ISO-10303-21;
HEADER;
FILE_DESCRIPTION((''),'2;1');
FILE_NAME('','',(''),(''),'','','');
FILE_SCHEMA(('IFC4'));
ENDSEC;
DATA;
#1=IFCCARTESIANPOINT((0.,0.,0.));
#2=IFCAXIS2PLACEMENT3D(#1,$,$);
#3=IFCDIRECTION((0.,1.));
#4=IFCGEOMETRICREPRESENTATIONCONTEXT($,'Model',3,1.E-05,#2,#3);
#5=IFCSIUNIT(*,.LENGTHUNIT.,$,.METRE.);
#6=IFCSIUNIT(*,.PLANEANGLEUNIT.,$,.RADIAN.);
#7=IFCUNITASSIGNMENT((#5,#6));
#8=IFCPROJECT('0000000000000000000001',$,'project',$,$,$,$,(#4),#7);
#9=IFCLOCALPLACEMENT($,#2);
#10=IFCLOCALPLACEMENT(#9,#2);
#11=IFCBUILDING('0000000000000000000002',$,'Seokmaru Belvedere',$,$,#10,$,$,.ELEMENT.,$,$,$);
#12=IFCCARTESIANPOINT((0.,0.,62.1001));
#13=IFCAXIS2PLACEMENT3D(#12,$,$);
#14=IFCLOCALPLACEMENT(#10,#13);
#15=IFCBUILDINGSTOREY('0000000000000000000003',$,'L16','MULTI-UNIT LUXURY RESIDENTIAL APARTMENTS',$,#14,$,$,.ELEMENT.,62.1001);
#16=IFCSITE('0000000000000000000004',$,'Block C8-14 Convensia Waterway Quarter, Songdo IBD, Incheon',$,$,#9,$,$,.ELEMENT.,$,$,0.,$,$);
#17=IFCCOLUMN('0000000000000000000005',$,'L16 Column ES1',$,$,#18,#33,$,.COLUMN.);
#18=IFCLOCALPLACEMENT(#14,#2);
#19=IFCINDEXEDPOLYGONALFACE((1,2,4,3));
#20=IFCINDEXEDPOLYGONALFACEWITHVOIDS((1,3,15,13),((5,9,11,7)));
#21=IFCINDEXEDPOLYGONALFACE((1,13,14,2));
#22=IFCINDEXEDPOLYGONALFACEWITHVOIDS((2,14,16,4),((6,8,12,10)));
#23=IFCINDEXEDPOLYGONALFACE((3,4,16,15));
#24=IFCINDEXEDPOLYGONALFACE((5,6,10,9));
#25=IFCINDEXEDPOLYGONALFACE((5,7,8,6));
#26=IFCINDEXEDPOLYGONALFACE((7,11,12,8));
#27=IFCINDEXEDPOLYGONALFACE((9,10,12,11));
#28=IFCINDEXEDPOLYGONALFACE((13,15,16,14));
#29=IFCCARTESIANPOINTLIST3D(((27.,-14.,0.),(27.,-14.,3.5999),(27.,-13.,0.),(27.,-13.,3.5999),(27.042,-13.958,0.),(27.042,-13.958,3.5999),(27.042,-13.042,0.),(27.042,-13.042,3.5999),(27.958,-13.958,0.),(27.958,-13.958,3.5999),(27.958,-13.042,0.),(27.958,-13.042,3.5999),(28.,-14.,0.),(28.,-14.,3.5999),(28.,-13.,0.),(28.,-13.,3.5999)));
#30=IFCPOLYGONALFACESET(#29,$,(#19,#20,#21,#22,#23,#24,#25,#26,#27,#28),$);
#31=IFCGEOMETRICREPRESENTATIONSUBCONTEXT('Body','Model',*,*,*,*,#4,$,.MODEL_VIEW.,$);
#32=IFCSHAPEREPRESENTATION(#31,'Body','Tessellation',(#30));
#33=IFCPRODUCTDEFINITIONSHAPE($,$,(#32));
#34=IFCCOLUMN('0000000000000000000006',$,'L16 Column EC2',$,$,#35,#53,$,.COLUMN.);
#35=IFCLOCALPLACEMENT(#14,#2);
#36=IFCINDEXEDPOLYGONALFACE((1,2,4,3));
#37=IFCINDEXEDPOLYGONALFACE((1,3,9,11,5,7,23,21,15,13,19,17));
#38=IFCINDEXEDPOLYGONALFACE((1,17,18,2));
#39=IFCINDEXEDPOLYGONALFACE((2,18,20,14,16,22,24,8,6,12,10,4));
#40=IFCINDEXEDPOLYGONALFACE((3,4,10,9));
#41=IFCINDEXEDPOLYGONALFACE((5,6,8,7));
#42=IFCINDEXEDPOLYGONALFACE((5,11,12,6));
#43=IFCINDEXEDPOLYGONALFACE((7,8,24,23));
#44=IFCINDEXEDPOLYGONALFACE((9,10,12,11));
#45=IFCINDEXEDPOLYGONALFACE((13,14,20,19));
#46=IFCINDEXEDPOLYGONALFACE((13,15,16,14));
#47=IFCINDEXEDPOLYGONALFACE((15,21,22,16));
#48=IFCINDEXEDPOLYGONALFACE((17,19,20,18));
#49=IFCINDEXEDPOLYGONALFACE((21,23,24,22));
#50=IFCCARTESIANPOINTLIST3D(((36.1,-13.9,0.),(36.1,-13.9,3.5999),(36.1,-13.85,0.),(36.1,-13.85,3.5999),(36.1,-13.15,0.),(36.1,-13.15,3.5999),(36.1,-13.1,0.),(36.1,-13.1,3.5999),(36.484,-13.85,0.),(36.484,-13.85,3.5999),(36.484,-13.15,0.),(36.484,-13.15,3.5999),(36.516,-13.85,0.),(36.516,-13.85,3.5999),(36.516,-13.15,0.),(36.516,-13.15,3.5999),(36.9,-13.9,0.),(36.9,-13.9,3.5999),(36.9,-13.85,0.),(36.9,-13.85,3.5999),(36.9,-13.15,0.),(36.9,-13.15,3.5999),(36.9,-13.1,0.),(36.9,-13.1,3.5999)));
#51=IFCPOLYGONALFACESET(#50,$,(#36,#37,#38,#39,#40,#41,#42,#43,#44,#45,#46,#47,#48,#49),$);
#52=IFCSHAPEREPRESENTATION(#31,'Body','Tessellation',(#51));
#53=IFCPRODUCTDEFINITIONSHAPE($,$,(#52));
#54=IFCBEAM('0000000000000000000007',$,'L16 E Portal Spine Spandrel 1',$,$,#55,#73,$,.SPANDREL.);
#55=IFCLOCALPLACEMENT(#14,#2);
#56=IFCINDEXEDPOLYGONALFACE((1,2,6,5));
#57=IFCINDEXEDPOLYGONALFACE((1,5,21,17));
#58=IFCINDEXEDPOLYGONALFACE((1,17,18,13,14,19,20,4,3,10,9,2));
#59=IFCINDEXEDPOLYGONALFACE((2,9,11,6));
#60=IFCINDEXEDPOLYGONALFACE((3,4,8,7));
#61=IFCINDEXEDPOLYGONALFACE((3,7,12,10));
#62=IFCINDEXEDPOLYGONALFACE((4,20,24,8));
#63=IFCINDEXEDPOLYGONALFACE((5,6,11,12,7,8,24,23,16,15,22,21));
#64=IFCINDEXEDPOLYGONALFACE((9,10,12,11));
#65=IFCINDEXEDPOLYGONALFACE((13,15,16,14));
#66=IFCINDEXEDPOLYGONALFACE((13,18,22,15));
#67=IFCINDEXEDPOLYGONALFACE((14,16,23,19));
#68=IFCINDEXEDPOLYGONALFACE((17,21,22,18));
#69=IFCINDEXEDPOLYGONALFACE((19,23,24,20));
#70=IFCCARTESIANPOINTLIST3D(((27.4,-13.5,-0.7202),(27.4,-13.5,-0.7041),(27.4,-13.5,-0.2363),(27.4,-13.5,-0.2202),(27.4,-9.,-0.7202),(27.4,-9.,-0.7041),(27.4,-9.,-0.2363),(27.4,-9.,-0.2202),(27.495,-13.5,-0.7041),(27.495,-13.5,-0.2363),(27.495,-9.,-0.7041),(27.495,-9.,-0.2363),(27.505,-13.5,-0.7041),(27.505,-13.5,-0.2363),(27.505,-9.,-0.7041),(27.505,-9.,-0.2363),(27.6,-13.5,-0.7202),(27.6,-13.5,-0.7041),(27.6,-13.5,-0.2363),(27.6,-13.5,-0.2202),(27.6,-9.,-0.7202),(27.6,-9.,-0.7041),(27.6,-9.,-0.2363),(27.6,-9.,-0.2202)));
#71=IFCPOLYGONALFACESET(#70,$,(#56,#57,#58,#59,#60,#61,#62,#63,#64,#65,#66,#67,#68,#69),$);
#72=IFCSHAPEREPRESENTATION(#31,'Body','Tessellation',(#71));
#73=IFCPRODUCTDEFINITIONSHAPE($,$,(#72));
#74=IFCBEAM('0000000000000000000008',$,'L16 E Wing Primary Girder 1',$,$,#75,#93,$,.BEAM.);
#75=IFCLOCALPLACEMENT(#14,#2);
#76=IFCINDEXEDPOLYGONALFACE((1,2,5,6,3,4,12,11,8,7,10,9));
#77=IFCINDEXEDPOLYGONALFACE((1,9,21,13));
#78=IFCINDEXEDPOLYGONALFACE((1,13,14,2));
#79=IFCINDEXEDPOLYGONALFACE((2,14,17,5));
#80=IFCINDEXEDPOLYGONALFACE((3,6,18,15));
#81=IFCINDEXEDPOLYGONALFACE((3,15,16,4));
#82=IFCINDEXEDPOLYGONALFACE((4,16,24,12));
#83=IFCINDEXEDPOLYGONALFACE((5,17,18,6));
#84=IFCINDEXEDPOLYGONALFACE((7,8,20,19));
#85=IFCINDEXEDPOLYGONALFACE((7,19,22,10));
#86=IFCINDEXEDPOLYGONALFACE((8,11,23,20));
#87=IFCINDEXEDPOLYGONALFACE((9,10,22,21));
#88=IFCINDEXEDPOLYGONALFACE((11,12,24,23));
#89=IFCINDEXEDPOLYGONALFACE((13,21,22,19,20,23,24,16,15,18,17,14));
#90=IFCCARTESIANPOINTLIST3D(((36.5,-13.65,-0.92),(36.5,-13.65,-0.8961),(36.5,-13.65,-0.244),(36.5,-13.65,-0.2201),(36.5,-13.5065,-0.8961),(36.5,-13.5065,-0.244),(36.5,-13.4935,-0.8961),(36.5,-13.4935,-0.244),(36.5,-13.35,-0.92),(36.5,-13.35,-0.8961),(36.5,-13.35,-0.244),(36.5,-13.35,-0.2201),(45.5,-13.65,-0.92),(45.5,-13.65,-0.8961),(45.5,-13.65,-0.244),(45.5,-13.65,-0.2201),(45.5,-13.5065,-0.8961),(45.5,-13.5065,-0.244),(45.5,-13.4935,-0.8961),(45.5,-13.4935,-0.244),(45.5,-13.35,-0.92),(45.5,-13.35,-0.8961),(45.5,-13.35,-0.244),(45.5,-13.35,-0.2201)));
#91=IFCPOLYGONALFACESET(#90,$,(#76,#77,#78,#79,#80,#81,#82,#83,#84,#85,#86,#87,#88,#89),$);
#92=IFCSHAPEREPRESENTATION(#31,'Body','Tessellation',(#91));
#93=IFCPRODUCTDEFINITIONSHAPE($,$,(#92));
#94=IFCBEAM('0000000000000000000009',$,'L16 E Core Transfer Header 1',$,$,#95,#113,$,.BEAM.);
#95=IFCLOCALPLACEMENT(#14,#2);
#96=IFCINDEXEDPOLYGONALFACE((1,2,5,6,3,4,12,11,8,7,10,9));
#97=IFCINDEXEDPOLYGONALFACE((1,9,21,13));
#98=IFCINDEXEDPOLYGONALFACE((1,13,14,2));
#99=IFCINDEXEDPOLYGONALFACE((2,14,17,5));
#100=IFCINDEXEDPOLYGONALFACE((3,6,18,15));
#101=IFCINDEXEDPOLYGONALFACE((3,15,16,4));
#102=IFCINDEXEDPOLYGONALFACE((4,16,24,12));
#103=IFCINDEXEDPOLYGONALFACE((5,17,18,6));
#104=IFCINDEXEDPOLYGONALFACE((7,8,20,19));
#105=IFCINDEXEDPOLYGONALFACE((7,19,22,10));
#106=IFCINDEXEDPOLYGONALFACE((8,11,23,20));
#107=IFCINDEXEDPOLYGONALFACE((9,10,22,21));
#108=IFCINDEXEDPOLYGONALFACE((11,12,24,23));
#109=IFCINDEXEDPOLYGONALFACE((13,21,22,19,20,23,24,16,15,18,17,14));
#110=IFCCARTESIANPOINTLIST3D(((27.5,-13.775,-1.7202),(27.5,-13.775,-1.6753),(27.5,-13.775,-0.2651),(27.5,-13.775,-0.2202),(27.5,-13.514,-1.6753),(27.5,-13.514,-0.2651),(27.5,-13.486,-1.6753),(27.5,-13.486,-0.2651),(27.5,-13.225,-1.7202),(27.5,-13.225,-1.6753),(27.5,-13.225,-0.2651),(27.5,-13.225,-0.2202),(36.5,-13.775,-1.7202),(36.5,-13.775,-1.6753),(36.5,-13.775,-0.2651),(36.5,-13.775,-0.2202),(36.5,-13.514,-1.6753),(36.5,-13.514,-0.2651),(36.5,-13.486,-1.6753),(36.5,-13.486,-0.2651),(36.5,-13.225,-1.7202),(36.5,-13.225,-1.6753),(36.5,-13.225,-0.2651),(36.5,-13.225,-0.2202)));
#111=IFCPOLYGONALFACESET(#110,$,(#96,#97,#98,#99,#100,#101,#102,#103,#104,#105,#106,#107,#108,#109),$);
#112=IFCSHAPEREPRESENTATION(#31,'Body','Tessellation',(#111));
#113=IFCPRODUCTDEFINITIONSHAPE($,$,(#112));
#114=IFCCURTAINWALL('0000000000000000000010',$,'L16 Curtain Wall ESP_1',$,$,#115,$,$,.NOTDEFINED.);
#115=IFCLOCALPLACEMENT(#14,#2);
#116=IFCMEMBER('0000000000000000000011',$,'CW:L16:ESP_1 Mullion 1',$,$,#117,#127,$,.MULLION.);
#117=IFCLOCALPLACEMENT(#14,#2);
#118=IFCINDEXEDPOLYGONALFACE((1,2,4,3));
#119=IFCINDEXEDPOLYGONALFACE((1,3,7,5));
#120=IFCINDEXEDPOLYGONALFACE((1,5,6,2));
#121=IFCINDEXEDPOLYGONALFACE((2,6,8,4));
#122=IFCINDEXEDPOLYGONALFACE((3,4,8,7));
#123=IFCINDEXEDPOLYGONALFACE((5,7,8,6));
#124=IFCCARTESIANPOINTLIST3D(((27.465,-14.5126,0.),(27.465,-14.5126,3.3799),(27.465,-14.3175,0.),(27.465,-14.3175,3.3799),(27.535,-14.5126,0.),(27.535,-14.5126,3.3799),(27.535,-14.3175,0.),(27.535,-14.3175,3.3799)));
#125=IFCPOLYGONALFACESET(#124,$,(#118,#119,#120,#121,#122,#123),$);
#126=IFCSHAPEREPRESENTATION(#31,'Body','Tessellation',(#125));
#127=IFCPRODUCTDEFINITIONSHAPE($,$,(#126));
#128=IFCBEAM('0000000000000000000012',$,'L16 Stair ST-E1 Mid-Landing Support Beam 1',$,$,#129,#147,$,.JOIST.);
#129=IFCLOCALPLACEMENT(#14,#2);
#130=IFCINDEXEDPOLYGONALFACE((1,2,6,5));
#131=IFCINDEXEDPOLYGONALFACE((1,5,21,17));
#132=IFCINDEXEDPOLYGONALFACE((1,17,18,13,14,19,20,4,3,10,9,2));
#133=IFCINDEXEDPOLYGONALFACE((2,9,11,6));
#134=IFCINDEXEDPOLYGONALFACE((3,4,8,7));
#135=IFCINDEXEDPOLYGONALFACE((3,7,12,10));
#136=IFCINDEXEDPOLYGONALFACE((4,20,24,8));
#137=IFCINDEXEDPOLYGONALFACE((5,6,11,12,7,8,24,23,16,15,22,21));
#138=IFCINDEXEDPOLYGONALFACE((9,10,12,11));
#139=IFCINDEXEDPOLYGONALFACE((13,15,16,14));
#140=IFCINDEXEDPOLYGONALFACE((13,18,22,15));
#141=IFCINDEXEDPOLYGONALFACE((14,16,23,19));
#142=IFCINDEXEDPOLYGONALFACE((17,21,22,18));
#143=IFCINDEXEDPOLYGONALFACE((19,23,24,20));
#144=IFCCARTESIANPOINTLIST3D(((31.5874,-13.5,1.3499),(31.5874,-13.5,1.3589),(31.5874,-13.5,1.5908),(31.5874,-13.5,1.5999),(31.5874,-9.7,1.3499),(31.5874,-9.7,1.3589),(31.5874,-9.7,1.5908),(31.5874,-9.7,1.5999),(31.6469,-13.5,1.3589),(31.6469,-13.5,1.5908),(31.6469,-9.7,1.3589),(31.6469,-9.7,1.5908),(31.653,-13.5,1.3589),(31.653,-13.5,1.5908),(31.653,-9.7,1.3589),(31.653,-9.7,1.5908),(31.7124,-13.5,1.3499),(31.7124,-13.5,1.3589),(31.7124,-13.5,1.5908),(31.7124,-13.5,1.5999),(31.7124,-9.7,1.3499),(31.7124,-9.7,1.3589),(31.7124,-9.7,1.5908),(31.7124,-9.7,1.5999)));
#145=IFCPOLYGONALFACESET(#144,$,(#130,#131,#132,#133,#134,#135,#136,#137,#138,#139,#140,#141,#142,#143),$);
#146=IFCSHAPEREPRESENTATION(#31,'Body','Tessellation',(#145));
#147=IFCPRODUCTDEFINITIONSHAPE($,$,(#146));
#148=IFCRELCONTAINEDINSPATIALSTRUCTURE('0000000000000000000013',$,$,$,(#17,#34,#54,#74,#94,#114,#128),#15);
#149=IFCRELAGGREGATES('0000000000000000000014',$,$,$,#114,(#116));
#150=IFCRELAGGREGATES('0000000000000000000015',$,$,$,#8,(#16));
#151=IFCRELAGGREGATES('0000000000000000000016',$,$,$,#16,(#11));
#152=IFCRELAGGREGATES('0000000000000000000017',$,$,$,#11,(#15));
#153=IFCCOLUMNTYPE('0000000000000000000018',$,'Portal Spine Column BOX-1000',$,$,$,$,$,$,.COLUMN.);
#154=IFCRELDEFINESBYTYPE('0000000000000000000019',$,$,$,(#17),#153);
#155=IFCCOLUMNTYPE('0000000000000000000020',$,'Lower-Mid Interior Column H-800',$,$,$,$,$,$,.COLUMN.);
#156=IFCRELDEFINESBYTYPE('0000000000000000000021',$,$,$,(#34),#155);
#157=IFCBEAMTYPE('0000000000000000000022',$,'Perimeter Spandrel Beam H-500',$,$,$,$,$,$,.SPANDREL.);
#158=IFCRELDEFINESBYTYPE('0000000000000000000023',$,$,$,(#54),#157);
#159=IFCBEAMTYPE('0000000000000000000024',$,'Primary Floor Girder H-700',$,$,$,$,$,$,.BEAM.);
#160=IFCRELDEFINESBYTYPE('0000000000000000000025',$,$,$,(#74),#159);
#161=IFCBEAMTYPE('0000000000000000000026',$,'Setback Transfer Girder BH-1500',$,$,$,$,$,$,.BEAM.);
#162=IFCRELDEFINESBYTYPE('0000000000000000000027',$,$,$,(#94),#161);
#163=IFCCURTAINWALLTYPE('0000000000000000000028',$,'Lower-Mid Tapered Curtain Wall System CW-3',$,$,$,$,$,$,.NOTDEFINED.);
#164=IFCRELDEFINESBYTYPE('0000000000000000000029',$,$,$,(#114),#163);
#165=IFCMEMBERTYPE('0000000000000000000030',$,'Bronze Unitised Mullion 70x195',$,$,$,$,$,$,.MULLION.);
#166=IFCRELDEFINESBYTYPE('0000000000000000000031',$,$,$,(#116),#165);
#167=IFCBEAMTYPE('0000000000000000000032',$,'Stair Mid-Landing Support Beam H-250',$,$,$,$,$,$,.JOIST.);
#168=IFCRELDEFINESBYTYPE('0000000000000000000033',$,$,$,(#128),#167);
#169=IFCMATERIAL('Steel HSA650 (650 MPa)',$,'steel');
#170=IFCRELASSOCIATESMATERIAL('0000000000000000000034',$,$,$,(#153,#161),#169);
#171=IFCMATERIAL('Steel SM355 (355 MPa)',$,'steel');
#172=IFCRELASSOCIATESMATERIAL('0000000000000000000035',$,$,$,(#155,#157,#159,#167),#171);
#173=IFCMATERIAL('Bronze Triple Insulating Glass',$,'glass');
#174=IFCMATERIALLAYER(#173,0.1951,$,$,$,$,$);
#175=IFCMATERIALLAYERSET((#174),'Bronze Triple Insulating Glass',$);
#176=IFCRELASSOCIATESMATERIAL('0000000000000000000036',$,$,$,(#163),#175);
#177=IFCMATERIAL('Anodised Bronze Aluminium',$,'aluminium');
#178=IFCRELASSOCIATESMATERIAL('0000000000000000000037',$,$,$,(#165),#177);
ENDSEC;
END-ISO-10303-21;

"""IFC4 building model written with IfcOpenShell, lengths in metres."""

from ifc_helpers import new_model, si_unit, direction, frame, origin, origin_2d, place, context, subcontext, project, spatial, rectangle, hollow_rectangle, i_section, extrude, source, transform, mapped, material, layer, layer_set, material_profile, profile_set, type_object, type_shapes, element, aggregate, save


model = new_model("IFC4")

# Units and contexts
model_context = context("Model", 3, precision=1e-05, world=origin(), true_north=direction((0.0, 1.0)))
body_context = subcontext(model_context, "Body", "Model", "MODEL_VIEW")
ifc_project = project(units=[si_unit("LENGTHUNIT", "METRE"), si_unit("PLANEANGLEUNIT", "RADIAN")], contexts=[model_context])

# Site, building, storey
site_placement = place(None, origin())
site = spatial("IfcSite", under=ifc_project, at=site_placement, Name="Block C8-14 Convensia Waterway Quarter, Songdo IBD, Incheon", CompositionType="ELEMENT", RefElevation=0.0)
building_placement = place(site_placement, origin())
building = spatial("IfcBuilding", under=site, at=building_placement, Name="Seokmaru Belvedere", CompositionType="ELEMENT")
storey_placement = place(building_placement, frame((0.0, 0.0, 62.1001)))
storey = spatial("IfcBuildingStorey", under=building, at=storey_placement, Name="L16", Description="MULTI-UNIT LUXURY RESIDENTIAL APARTMENTS", CompositionType="ELEMENT", Elevation=62.1001)

# Columns
ifc_material_1 = material(Name="Steel HSA650 (650 MPa)", Category="steel")
ifc_material_profile_1 = material_profile(ifc_material_1, hollow_rectangle(XDim=1.0, YDim=1.0, WallThickness=0.042, at=origin_2d()), Name="BOX-1000x1000x42")
ifc_profile_set_1 = profile_set([ifc_material_profile_1], Name="Steel HSA650 (650 MPa)")
column_type_1 = type_object("IfcColumnType", Name="Portal Spine Column BOX-1000", PredefinedType="COLUMN", material=ifc_profile_set_1)
shared_shape_1 = source(origin(), body_context, "Body", "SweptSolid", [
    extrude(hollow_rectangle(XDim=1.0, YDim=1.0, WallThickness=0.042, at=origin_2d()), origin(), (0.0, 0.0, 1.0), 3.5999),
])
type_shapes(column_type_1, [shared_shape_1])
column_1_placement = place(storey_placement, frame((27.5, -13.5, 0.0), z_axis=(0.0, 0.0, 1.0), x_axis=(1.0, 0.0, 0.0)))
element("IfcColumn", 1, at=column_1_placement, inside=storey, type_object=column_type_1, Name="L16 Column ES1", PredefinedType="COLUMN", context=body_context, shape_type="MappedRepresentation", body=[
    mapped(shared_shape_1, transform((0.0, 0.0, 0.0), scale=1.0)),
])
ifc_material_2 = material(Name="Steel SM355 (355 MPa)", Category="steel")
ifc_material_profile_2 = material_profile(ifc_material_2, i_section(OverallWidth=0.8, OverallDepth=0.8, WebThickness=0.032, FlangeThickness=0.05, at=origin_2d()), Name="H-800x800x32x50")
ifc_profile_set_2 = profile_set([ifc_material_profile_2], Name="Steel SM355 (355 MPa)")
column_type_2 = type_object("IfcColumnType", Name="Lower-Mid Interior Column H-800", PredefinedType="COLUMN", material=ifc_profile_set_2)
shared_shape_2 = source(origin(), body_context, "Body", "SweptSolid", [
    extrude(i_section(OverallWidth=0.8, OverallDepth=0.8, WebThickness=0.032, FlangeThickness=0.05, at=origin_2d()), origin(), (0.0, 0.0, 1.0), 3.5999),
])
type_shapes(column_type_2, [shared_shape_2])
column_2_placement = place(storey_placement, frame((36.5, -13.5, 0.0), z_axis=(0.0, 0.0, 1.0), x_axis=(1.0, 0.0, 0.0)))
element("IfcColumn", 2, at=column_2_placement, inside=storey, type_object=column_type_2, Name="L16 Column EC2", PredefinedType="COLUMN", context=body_context, shape_type="MappedRepresentation", body=[
    mapped(shared_shape_2, transform((0.0, 0.0, 0.0), scale=1.0)),
])

# Beams
ifc_material_profile_3 = material_profile(ifc_material_2, i_section(OverallWidth=0.2, OverallDepth=0.5, WebThickness=0.01, FlangeThickness=0.0161, at=origin_2d()), Name="H-500x200x10x16")
ifc_profile_set_3 = profile_set([ifc_material_profile_3], Name="Steel SM355 (355 MPa)")
beam_type_1 = type_object("IfcBeamType", Name="Perimeter Spandrel Beam H-500", PredefinedType="SPANDREL", material=ifc_profile_set_3)
shared_shape_3 = source(origin(), body_context, "Body", "SweptSolid", [
    extrude(i_section(OverallWidth=0.2, OverallDepth=0.5, WebThickness=0.01, FlangeThickness=0.0161, at=origin_2d()), origin(), (0.0, 0.0, 1.0), 4.5),
])
type_shapes(beam_type_1, [shared_shape_3])
beam_1_placement = place(storey_placement, frame((27.5, -13.5, -0.4702), z_axis=(0.0, 1.0, 0.0), x_axis=(-1.0, 0.0, 0.0)))
element("IfcBeam", 3, at=beam_1_placement, inside=storey, type_object=beam_type_1, Name="L16 E Portal Spine Spandrel 1", PredefinedType="SPANDREL", context=body_context, shape_type="MappedRepresentation", body=[
    mapped(shared_shape_3, transform((0.0, 0.0, 0.0), scale=1.0)),
])
ifc_material_profile_4 = material_profile(ifc_material_2, i_section(OverallWidth=0.3, OverallDepth=0.7, WebThickness=0.0129, FlangeThickness=0.0239, at=origin_2d()), Name="H-700x300x13x24")
ifc_profile_set_4 = profile_set([ifc_material_profile_4], Name="Steel SM355 (355 MPa)")
beam_type_2 = type_object("IfcBeamType", Name="Primary Floor Girder H-700", PredefinedType="BEAM", material=ifc_profile_set_4)
shared_shape_4 = source(origin(), body_context, "Body", "SweptSolid", [
    extrude(i_section(OverallWidth=0.3, OverallDepth=0.7, WebThickness=0.0129, FlangeThickness=0.0239, at=origin_2d()), origin(), (0.0, 0.0, 1.0), 9.0),
])
type_shapes(beam_type_2, [shared_shape_4])
beam_2_placement = place(storey_placement, frame((36.5, -13.5, -0.5701), z_axis=(1.0, 0.0, 0.0), x_axis=(0.0, 1.0, 0.0)))
element("IfcBeam", 4, at=beam_2_placement, inside=storey, type_object=beam_type_2, Name="L16 E Wing Primary Girder 1", PredefinedType="BEAM", context=body_context, shape_type="MappedRepresentation", body=[
    mapped(shared_shape_4, transform((0.0, 0.0, 0.0), scale=1.0)),
])
ifc_material_profile_5 = material_profile(ifc_material_1, i_section(OverallWidth=0.55, OverallDepth=1.5, WebThickness=0.0281, FlangeThickness=0.0449, at=origin_2d()), Name="BH-1500x550x28x45")
ifc_profile_set_5 = profile_set([ifc_material_profile_5], Name="Steel HSA650 (650 MPa)")
beam_type_3 = type_object("IfcBeamType", Name="Setback Transfer Girder BH-1500", PredefinedType="BEAM", material=ifc_profile_set_5)
shared_shape_5 = source(origin(), body_context, "Body", "SweptSolid", [
    extrude(i_section(OverallWidth=0.55, OverallDepth=1.5, WebThickness=0.0281, FlangeThickness=0.0449, at=origin_2d()), origin(), (0.0, 0.0, 1.0), 9.0),
])
type_shapes(beam_type_3, [shared_shape_5])
beam_3_placement = place(storey_placement, frame((27.5, -13.5, -0.9702), z_axis=(1.0, 0.0, 0.0), x_axis=(0.0, 1.0, 0.0)))
element("IfcBeam", 5, at=beam_3_placement, inside=storey, type_object=beam_type_3, Name="L16 E Core Transfer Header 1", PredefinedType="BEAM", context=body_context, shape_type="MappedRepresentation", body=[
    mapped(shared_shape_5, transform((0.0, 0.0, 0.0), scale=1.0)),
])

# Curtain wall, member
ifc_material_3 = material(Name="Bronze Triple Insulating Glass", Category="glass")
ifc_layer_1 = layer(ifc_material_3, 0.1951)
ifc_layer_set_1 = layer_set([ifc_layer_1], Name="Bronze Triple Insulating Glass")
curtain_wall_type = type_object("IfcCurtainWallType", Name="Lower-Mid Tapered Curtain Wall System CW-3", PredefinedType="NOTDEFINED", material=ifc_layer_set_1)
curtain_wall_placement = place(storey_placement, origin())
curtain_wall = element("IfcCurtainWall", 6, at=curtain_wall_placement, inside=storey, type_object=curtain_wall_type, Name="L16 Curtain Wall ESP_1", PredefinedType="NOTDEFINED")
ifc_material_4 = material(Name="Anodised Bronze Aluminium", Category="aluminium")
ifc_material_profile_6 = material_profile(ifc_material_4, rectangle(XDim=0.0701, YDim=0.1951, at=origin_2d()), Name="CW-M-70x195")
ifc_profile_set_6 = profile_set([ifc_material_profile_6], Name="Anodised Bronze Aluminium")
member_type = type_object("IfcMemberType", Name="Bronze Unitised Mullion 70x195", PredefinedType="MULLION", material=ifc_profile_set_6)
shared_shape_6 = source(origin(), body_context, "Body", "SweptSolid", [
    extrude(rectangle(XDim=0.0701, YDim=0.1951, at=origin_2d()), origin(), (0.0, 0.0, 1.0), 3.3799),
])
type_shapes(member_type, [shared_shape_6])
member_placement = place(storey_placement, frame((27.5, -14.415, 0.0), z_axis=(0.0, 0.0, 1.0), x_axis=(1.0, 0.0, 0.0)))
member = element("IfcMember", 7, at=member_placement, type_object=member_type, Name="CW:L16:ESP_1 Mullion 1", PredefinedType="MULLION", context=body_context, shape_type="MappedRepresentation", body=[
    mapped(shared_shape_6, transform((0.0, 0.0, 0.0), scale=1.0)),
])
aggregate(curtain_wall, [member])

# Beam
ifc_material_profile_7 = material_profile(ifc_material_2, i_section(OverallWidth=0.125, OverallDepth=0.25, WebThickness=0.0061, FlangeThickness=0.009, at=origin_2d()), Name="H-250x125x6x9")
ifc_profile_set_7 = profile_set([ifc_material_profile_7], Name="Steel SM355 (355 MPa)")
beam_type_4 = type_object("IfcBeamType", Name="Stair Mid-Landing Support Beam H-250", PredefinedType="JOIST", material=ifc_profile_set_7)
shared_shape_7 = source(origin(), body_context, "Body", "SweptSolid", [
    extrude(i_section(OverallWidth=0.125, OverallDepth=0.25, WebThickness=0.0061, FlangeThickness=0.009, at=origin_2d()), origin(), (0.0, 0.0, 1.0), 3.8),
])
type_shapes(beam_type_4, [shared_shape_7])
beam_4_placement = place(storey_placement, frame((31.6499, -13.5, 1.4749), z_axis=(0.0, 1.0, 0.0), x_axis=(-1.0, 0.0, 0.0)))
element("IfcBeam", 8, at=beam_4_placement, inside=storey, type_object=beam_type_4, Name="L16 Stair ST-E1 Mid-Landing Support Beam 1", PredefinedType="JOIST", context=body_context, shape_type="MappedRepresentation", body=[
    mapped(shared_shape_7, transform((0.0, 0.0, 0.0), scale=1.0)),
])

save(model, "model.ifc")
